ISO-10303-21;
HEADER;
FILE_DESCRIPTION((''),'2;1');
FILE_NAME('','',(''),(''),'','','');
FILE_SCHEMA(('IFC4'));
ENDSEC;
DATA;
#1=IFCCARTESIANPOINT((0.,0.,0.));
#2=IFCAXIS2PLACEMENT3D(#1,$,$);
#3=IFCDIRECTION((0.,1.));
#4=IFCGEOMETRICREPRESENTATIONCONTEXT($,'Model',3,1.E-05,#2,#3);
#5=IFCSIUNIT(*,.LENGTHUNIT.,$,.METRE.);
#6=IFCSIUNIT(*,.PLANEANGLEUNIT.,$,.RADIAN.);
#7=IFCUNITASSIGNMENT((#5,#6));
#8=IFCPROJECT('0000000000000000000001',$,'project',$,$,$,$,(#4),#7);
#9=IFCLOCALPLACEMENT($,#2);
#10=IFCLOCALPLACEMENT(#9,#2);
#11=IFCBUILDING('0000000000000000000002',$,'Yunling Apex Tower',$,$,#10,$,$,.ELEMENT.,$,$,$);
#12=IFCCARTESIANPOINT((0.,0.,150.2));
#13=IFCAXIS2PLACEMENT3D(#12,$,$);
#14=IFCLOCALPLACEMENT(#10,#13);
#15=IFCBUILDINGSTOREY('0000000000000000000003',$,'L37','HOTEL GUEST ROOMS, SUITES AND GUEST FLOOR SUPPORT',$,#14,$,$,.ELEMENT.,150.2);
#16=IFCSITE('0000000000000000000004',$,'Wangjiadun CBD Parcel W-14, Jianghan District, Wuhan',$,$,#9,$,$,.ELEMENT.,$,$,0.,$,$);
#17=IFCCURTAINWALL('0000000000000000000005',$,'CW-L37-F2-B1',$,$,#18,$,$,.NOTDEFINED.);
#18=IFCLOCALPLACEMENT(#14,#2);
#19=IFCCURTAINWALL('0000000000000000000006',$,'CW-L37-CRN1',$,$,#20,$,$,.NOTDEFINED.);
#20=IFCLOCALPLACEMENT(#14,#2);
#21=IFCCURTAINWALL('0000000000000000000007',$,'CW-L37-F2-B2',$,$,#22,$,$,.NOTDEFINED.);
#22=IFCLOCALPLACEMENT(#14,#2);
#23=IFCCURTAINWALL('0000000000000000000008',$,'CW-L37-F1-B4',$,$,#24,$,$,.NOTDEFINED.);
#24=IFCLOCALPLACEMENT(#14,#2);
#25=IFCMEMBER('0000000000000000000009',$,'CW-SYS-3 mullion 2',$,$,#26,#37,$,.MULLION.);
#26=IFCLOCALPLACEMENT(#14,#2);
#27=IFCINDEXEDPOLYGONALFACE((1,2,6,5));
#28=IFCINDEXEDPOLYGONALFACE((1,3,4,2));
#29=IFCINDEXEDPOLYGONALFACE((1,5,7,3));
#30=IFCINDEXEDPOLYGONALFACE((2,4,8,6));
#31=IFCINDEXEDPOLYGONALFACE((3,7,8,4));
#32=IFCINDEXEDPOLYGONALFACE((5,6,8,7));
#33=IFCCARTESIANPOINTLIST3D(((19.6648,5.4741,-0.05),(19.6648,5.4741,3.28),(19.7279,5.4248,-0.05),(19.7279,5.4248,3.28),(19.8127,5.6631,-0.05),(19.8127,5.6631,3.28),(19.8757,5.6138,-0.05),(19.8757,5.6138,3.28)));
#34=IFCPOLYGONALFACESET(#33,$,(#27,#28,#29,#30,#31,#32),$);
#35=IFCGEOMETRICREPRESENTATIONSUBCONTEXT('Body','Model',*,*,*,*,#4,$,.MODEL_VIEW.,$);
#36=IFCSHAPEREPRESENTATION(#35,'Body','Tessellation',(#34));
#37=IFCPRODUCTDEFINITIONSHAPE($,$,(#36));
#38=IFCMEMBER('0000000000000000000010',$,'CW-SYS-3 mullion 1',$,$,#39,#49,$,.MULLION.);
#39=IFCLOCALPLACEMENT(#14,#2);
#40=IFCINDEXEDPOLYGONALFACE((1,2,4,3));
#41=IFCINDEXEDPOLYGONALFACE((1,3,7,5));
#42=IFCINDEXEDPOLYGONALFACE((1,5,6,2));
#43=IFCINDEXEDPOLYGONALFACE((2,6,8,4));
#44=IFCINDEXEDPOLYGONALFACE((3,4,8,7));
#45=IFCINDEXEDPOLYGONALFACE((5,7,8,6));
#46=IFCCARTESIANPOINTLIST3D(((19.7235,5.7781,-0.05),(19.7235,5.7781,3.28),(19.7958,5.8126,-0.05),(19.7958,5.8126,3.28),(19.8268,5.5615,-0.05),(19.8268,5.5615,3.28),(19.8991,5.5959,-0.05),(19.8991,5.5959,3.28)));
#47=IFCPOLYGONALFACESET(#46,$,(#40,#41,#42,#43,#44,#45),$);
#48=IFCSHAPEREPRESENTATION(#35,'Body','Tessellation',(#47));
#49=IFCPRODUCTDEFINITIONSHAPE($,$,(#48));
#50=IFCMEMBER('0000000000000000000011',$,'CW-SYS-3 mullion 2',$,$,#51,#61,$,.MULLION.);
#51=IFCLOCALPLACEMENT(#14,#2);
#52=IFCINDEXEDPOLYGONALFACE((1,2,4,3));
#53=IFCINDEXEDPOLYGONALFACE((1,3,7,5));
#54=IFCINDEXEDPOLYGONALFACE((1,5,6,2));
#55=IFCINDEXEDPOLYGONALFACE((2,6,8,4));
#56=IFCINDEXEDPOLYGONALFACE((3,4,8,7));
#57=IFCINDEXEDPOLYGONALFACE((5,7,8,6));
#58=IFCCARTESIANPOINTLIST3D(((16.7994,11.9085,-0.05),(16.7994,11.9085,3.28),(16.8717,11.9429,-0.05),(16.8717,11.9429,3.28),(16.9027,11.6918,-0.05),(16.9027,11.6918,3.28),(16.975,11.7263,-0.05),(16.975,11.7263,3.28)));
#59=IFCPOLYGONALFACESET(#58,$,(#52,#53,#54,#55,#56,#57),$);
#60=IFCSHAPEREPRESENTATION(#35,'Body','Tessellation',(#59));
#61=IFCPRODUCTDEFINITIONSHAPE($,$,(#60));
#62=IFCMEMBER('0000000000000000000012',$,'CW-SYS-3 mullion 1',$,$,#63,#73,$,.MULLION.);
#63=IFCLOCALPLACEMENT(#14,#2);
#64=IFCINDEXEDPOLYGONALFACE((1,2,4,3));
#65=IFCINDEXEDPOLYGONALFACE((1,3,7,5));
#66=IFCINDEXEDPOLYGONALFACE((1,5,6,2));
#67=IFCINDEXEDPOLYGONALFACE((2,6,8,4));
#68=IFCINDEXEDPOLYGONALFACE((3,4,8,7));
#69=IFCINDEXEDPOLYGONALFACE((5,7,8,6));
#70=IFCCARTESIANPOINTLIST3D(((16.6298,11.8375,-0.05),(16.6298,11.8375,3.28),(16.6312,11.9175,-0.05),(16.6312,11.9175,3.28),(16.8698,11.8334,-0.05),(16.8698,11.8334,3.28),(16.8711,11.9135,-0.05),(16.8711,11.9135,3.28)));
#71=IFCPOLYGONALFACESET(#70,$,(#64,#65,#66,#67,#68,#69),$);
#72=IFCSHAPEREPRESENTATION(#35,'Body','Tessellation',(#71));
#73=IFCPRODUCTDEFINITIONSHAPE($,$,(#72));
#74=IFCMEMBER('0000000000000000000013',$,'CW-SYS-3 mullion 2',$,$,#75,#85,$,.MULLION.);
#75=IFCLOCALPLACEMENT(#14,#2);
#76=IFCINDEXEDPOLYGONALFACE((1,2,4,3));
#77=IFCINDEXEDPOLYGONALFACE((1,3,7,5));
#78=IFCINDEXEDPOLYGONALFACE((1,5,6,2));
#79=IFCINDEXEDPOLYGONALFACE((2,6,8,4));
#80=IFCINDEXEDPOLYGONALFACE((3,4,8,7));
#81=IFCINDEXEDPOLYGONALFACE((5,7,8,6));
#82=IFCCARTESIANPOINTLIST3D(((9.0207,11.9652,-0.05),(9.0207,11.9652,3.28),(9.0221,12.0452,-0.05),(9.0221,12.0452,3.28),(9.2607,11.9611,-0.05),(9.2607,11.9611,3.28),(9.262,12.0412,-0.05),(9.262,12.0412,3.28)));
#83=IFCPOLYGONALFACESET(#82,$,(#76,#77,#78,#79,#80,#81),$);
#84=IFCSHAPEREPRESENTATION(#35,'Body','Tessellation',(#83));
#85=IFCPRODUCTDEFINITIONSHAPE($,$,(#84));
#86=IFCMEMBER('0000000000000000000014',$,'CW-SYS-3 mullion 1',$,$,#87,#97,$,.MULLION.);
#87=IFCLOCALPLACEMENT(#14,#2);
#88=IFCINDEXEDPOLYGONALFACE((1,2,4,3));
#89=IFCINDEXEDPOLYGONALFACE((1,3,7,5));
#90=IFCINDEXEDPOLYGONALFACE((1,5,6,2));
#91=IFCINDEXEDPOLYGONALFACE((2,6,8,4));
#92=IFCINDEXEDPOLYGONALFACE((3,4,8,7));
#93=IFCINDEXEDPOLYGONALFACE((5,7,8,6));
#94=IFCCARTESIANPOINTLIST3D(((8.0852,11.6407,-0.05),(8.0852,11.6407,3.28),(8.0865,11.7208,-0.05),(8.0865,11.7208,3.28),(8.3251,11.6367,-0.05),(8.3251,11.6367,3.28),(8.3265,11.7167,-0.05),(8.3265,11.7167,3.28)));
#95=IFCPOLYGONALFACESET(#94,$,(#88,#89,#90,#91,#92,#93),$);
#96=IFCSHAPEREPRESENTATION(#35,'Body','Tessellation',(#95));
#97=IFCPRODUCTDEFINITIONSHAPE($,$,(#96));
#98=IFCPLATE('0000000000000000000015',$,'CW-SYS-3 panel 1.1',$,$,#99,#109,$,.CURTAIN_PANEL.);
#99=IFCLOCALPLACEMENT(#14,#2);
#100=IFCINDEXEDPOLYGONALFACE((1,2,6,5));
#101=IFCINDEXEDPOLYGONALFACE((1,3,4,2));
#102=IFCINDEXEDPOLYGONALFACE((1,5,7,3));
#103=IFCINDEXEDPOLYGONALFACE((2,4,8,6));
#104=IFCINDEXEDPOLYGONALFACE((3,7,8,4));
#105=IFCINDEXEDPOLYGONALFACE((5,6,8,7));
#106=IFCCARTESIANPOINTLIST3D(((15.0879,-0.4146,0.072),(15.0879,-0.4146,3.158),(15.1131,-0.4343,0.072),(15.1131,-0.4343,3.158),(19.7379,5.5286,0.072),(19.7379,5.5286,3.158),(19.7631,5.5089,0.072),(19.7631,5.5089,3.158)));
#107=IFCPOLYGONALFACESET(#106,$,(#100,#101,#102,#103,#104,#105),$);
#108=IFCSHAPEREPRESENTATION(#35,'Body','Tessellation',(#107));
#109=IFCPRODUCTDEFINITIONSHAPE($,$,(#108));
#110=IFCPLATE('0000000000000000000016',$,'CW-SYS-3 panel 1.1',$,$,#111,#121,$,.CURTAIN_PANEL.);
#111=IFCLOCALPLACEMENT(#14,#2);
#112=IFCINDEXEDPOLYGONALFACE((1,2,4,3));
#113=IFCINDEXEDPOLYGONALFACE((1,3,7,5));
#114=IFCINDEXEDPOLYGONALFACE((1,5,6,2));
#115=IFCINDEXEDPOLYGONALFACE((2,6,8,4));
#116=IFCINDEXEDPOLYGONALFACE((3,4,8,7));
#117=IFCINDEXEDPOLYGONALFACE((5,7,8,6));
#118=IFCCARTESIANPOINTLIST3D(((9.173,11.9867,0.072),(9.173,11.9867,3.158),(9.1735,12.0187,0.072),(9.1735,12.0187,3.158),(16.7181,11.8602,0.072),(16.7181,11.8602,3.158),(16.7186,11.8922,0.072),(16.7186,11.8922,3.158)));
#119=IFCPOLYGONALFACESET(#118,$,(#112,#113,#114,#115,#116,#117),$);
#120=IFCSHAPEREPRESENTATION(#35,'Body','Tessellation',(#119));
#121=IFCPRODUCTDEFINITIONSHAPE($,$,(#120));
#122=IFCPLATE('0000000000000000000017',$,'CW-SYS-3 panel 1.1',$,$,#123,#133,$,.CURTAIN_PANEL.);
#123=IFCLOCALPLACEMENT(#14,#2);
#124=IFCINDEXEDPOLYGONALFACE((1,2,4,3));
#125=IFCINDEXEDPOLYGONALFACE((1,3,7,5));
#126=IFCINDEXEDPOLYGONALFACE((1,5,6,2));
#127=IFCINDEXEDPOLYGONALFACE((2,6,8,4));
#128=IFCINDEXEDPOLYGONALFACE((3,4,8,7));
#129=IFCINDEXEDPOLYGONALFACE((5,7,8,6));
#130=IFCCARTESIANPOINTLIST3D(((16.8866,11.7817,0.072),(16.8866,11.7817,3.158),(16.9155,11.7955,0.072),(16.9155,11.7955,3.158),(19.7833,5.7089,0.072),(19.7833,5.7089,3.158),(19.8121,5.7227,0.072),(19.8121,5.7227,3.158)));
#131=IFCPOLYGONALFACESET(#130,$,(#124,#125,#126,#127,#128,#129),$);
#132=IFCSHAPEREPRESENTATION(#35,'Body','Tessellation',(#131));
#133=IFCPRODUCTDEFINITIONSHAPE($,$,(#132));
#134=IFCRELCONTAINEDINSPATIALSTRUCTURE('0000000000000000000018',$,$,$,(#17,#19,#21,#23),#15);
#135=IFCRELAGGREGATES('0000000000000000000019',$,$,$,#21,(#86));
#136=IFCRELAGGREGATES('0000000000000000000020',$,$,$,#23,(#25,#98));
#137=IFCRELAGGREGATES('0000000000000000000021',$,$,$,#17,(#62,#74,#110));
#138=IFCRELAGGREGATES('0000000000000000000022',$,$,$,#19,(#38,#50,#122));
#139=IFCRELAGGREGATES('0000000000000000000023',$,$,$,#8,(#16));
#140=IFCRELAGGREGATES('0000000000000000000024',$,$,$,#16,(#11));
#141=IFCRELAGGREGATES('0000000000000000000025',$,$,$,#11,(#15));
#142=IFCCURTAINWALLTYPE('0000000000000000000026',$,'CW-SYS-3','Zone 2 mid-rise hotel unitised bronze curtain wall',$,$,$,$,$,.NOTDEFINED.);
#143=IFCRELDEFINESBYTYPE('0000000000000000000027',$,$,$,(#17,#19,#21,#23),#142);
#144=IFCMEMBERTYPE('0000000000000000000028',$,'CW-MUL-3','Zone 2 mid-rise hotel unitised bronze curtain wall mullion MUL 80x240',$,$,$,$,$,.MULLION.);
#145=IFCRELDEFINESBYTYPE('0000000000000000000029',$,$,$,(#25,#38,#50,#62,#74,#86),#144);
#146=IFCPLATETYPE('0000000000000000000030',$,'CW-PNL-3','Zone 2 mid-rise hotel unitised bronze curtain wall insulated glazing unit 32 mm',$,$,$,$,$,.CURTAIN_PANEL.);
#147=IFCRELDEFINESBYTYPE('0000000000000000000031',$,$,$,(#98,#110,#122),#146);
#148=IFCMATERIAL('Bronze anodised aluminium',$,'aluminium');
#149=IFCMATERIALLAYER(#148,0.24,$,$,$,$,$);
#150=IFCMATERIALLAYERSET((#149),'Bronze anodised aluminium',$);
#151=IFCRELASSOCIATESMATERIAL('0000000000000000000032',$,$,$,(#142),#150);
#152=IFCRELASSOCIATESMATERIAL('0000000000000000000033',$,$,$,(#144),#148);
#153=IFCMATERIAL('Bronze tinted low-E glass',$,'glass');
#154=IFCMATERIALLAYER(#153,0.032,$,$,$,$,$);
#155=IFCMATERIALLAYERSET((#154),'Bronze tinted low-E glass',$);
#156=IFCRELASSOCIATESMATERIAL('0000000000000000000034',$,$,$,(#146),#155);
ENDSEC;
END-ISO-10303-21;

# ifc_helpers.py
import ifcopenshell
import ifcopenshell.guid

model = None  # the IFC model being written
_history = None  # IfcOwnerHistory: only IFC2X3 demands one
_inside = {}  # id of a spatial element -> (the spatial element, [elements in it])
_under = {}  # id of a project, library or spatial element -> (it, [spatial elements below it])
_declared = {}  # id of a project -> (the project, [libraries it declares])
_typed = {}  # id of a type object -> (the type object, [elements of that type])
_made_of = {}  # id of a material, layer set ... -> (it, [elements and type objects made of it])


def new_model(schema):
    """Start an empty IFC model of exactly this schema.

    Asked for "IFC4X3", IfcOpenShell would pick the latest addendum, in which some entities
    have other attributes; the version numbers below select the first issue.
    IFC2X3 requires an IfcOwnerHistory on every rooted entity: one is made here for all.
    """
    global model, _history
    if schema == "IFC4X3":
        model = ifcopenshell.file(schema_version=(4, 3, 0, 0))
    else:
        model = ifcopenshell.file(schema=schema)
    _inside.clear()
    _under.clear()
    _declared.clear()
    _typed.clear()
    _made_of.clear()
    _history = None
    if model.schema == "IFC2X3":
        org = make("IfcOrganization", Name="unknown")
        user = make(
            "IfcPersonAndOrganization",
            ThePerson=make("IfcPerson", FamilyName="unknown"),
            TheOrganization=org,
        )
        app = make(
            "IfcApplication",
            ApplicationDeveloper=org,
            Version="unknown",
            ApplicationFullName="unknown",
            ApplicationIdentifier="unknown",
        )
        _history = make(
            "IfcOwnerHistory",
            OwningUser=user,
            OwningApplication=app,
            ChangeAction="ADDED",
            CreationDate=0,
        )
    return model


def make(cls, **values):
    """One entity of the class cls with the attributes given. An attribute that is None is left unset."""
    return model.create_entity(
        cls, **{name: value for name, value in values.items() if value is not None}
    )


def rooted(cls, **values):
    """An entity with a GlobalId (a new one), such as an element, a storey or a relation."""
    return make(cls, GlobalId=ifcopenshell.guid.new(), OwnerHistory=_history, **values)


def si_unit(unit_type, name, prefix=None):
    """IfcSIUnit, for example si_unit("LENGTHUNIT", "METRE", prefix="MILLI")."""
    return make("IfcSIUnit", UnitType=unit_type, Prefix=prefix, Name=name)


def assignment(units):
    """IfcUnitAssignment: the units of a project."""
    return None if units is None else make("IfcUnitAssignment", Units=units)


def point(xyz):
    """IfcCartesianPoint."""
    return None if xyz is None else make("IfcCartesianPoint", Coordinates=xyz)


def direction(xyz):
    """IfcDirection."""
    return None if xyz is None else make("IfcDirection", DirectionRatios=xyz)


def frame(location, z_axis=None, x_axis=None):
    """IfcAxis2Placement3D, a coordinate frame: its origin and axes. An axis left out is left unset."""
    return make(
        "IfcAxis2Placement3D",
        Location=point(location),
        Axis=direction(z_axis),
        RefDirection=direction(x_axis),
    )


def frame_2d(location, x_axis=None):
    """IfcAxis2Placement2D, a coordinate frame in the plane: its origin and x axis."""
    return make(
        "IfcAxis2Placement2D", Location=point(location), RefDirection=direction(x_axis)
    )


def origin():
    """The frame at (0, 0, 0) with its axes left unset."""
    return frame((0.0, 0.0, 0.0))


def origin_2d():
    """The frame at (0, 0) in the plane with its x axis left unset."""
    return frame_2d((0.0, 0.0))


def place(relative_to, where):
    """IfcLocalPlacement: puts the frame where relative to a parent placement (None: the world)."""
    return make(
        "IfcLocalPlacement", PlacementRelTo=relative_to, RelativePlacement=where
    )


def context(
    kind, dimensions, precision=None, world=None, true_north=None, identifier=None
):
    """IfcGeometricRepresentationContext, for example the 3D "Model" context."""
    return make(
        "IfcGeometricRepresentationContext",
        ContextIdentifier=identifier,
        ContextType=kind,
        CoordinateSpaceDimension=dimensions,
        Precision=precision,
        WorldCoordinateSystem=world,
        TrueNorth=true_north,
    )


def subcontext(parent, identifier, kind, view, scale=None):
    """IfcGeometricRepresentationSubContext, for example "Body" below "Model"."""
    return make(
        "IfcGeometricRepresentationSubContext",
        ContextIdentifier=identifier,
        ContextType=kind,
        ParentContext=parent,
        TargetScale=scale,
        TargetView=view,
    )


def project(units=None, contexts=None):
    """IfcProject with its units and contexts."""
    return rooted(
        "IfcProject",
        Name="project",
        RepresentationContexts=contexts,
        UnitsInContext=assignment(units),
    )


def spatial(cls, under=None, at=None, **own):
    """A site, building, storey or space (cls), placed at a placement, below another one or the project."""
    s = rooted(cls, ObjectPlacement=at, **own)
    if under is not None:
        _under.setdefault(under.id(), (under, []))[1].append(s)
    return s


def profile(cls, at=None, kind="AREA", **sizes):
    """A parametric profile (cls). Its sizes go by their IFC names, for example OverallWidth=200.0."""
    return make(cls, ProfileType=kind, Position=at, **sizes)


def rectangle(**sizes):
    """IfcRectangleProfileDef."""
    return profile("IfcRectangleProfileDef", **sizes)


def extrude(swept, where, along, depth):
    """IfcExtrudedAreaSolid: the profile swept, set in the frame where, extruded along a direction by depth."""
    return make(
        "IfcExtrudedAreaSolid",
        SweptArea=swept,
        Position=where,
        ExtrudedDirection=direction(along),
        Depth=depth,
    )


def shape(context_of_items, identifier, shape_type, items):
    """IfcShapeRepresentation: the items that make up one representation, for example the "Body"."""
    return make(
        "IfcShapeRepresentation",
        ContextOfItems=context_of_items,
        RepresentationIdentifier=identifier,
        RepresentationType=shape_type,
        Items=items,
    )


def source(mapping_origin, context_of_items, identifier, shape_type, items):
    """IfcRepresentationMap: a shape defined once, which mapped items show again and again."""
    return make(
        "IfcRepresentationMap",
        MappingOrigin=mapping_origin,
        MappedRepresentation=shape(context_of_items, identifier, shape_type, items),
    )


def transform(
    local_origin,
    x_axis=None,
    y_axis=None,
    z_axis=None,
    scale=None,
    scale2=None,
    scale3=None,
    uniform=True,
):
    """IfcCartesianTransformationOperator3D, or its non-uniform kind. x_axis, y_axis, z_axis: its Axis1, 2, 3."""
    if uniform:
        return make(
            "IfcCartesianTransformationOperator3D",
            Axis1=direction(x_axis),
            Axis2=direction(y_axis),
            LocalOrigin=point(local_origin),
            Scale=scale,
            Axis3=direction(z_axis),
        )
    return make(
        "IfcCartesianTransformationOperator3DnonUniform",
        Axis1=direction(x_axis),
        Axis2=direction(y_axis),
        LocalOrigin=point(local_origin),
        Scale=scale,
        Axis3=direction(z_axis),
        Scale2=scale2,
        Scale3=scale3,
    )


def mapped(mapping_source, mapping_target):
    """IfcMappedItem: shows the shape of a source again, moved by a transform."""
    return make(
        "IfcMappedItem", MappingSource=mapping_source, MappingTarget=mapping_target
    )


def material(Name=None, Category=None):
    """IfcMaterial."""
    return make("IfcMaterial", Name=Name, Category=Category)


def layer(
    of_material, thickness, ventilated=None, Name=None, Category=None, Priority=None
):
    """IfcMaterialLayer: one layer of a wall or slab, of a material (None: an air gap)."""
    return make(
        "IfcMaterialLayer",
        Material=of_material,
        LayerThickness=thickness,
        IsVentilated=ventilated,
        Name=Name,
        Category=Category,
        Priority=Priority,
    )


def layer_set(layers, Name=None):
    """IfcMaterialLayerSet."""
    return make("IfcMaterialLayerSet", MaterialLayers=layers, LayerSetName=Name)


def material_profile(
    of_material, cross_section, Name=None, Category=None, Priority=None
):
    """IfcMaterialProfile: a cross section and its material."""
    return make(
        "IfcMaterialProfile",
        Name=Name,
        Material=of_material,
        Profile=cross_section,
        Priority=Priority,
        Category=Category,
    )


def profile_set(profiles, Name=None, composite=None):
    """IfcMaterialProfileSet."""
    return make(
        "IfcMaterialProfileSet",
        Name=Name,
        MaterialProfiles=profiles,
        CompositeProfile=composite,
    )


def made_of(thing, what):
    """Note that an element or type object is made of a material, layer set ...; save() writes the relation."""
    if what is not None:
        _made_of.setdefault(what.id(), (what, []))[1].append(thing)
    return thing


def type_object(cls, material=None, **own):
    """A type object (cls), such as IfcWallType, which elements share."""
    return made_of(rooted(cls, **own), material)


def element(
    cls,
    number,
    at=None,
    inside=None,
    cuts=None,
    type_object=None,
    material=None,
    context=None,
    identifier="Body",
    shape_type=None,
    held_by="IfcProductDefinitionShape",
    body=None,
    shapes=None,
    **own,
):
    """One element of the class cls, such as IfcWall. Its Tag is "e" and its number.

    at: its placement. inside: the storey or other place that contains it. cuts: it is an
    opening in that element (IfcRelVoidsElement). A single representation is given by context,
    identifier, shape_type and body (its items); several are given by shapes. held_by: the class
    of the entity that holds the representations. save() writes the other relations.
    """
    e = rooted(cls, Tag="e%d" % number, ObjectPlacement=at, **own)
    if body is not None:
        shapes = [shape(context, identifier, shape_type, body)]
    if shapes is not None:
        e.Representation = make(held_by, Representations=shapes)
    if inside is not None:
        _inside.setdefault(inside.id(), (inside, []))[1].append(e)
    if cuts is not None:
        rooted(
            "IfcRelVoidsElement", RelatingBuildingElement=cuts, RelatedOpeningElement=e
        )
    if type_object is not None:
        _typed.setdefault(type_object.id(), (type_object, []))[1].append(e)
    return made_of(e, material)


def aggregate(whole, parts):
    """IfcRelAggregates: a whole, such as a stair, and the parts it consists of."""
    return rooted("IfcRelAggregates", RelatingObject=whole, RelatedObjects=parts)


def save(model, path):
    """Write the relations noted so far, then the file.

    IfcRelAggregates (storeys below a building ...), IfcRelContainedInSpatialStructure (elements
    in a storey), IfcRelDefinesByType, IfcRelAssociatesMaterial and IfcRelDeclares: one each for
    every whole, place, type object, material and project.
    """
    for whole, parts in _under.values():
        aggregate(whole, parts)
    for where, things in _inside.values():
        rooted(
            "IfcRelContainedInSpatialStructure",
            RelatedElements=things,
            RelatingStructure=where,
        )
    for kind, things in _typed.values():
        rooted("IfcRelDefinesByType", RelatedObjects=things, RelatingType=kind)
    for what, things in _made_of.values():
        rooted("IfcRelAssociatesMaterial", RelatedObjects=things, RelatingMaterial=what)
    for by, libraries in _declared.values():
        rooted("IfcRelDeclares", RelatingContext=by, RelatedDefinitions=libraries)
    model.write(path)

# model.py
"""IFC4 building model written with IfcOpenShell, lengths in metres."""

from ifc_helpers import new_model, si_unit, direction, frame, origin, origin_2d, place, context, subcontext, project, spatial, rectangle, extrude, source, transform, mapped, material, layer, layer_set, material_profile, profile_set, type_object, element, aggregate, save


model = new_model("IFC4")

# Units and contexts
model_context = context("Model", 3, precision=1e-05, world=origin(), true_north=direction((0.0, 1.0)))
body_context = subcontext(model_context, "Body", "Model", "MODEL_VIEW")
ifc_project = project(units=[si_unit("LENGTHUNIT", "METRE"), si_unit("PLANEANGLEUNIT", "RADIAN")], contexts=[model_context])

# Site, building, storey
site_placement = place(None, origin())
site = spatial("IfcSite", under=ifc_project, at=site_placement, Name="Wangjiadun CBD Parcel W-14, Jianghan District, Wuhan", CompositionType="ELEMENT", RefElevation=0.0)
building_placement = place(site_placement, origin())
building = spatial("IfcBuilding", under=site, at=building_placement, Name="Yunling Apex Tower", CompositionType="ELEMENT")
storey_placement = place(building_placement, frame((0.0, 0.0, 150.2)))
storey = spatial("IfcBuildingStorey", under=building, at=storey_placement, Name="L37", Description="HOTEL GUEST ROOMS, SUITES AND GUEST FLOOR SUPPORT", CompositionType="ELEMENT", Elevation=150.2)

# Curtain walls
ifc_material_1 = material(Name="Bronze anodised aluminium", Category="aluminium")
ifc_layer_1 = layer(ifc_material_1, 0.24)
ifc_layer_set_1 = layer_set([ifc_layer_1], Name="Bronze anodised aluminium")
curtain_wall_type = type_object("IfcCurtainWallType", Name="CW-SYS-3", Description="Zone 2 mid-rise hotel unitised bronze curtain wall", PredefinedType="NOTDEFINED", material=ifc_layer_set_1)
curtain_wall_1_placement = place(storey_placement, origin())
curtain_wall_1 = element("IfcCurtainWall", 1, at=curtain_wall_1_placement, inside=storey, type_object=curtain_wall_type, Name="CW-L37-F2-B1", PredefinedType="NOTDEFINED")
curtain_wall_2_placement = place(storey_placement, origin())
curtain_wall_2 = element("IfcCurtainWall", 2, at=curtain_wall_2_placement, inside=storey, type_object=curtain_wall_type, Name="CW-L37-CRN1", PredefinedType="NOTDEFINED")
curtain_wall_3_placement = place(storey_placement, origin())
curtain_wall_3 = element("IfcCurtainWall", 3, at=curtain_wall_3_placement, inside=storey, type_object=curtain_wall_type, Name="CW-L37-F2-B2", PredefinedType="NOTDEFINED")

# Curtain wall, member
curtain_wall_4_placement = place(storey_placement, origin())
curtain_wall_4 = element("IfcCurtainWall", 4, at=curtain_wall_4_placement, inside=storey, type_object=curtain_wall_type, Name="CW-L37-F1-B4", PredefinedType="NOTDEFINED")
ifc_material_profile_1 = material_profile(ifc_material_1, rectangle(XDim=0.0801, YDim=0.24, at=origin_2d()))
ifc_profile_set_1 = profile_set([ifc_material_profile_1], Name="Bronze anodised aluminium")
member_type_1 = type_object("IfcMemberType", Name="CW-MUL-3", Description="Zone 2 mid-rise hotel unitised bronze curtain wall mullion MUL 80x240", PredefinedType="MULLION", material=ifc_profile_set_1)
shared_shape_1 = source(origin(), body_context, "Body", "SweptSolid", [
    extrude(rectangle(XDim=0.0801, YDim=0.24, at=origin_2d()), origin(), (0.0, 0.0, 1.0), 3.3301),
])
member_1_placement = place(storey_placement, frame((19.7703, 5.5439, -0.05), z_axis=(0.0, 0.0, 1.0), x_axis=(-0.787584, 0.616208, 0.0)))
member_1 = element("IfcMember", 5, at=member_1_placement, type_object=member_type_1, Name="CW-SYS-3 mullion 2", PredefinedType="MULLION", context=body_context, shape_type="MappedRepresentation", body=[
    mapped(shared_shape_1, transform((0.0, 0.0, 0.0), scale=1.0)),
])

# Members
member_2_placement = place(storey_placement, frame((19.8113, 5.687, -0.05), z_axis=(0.0, 0.0, 1.0), x_axis=(-0.902582, -0.430519, 0.0)))
member_2 = element("IfcMember", 6, at=member_2_placement, type_object=member_type_1, Name="CW-SYS-3 mullion 1", PredefinedType="MULLION", context=body_context, shape_type="MappedRepresentation", body=[
    mapped(shared_shape_1, transform((0.0, 0.0, 0.0), scale=1.0)),
])
member_3_placement = place(storey_placement, frame((16.8872, 11.8174, -0.05), z_axis=(0.0, 0.0, 1.0), x_axis=(-0.902582, -0.430519, 0.0)))
member_3 = element("IfcMember", 7, at=member_3_placement, type_object=member_type_1, Name="CW-SYS-3 mullion 2", PredefinedType="MULLION", context=body_context, shape_type="MappedRepresentation", body=[
    mapped(shared_shape_1, transform((0.0, 0.0, 0.0), scale=1.0)),
])
member_4_placement = place(storey_placement, frame((16.7505, 11.8755, -0.05), z_axis=(0.0, 0.0, 1.0), x_axis=(-0.016762, -0.99986, 0.0)))
member_4 = element("IfcMember", 8, at=member_4_placement, type_object=member_type_1, Name="CW-SYS-3 mullion 1", PredefinedType="MULLION", context=body_context, shape_type="MappedRepresentation", body=[
    mapped(shared_shape_1, transform((0.0, 0.0, 0.0), scale=1.0)),
])
member_5_placement = place(storey_placement, frame((9.1414, 12.0032, -0.05), z_axis=(0.0, 0.0, 1.0), x_axis=(-0.016762, -0.99986, 0.0)))
member_5 = element("IfcMember", 9, at=member_5_placement, type_object=member_type_1, Name="CW-SYS-3 mullion 2", PredefinedType="MULLION", context=body_context, shape_type="MappedRepresentation", body=[
    mapped(shared_shape_1, transform((0.0, 0.0, 0.0), scale=1.0)),
])
member_6_placement = place(storey_placement, frame((8.2058, 11.6787, -0.05), z_axis=(0.0, 0.0, 1.0), x_axis=(-0.016767, -0.999859, 0.0)))
member_6 = element("IfcMember", 10, at=member_6_placement, type_object=member_type_1, Name="CW-SYS-3 mullion 1", PredefinedType="MULLION", context=body_context, shape_type="MappedRepresentation", body=[
    mapped(shared_shape_1, transform((0.0, 0.0, 0.0), scale=1.0)),
])
aggregate(curtain_wall_3, [member_6])

# Plates
ifc_material_2 = material(Name="Bronze tinted low-E glass", Category="glass")
ifc_layer_2 = layer(ifc_material_2, 0.032)
ifc_layer_set_2 = layer_set([ifc_layer_2], Name="Bronze tinted low-E glass")
plate_type = type_object("IfcPlateType", Name="CW-PNL-3", Description="Zone 2 mid-rise hotel unitised bronze curtain wall insulated glazing unit 32 mm", PredefinedType="CURTAIN_PANEL", material=ifc_layer_set_2)
shared_shape_2 = source(origin(), body_context, "Body", "SweptSolid", [
    extrude(rectangle(XDim=7.5461, YDim=0.032, at=origin_2d()), origin(), (0.0, 0.0, 1.0), 3.0859),
])
plate_1_placement = place(storey_placement, frame((17.4255, 2.5471, 0.072), z_axis=(0.0, 0.0, 1.0), x_axis=(0.616208, 0.787584, 0.0)))
plate_1 = element("IfcPlate", 11, at=plate_1_placement, type_object=plate_type, Name="CW-SYS-3 panel 1.1", PredefinedType="CURTAIN_PANEL", context=body_context, shape_type="MappedRepresentation", body=[
    mapped(shared_shape_2, transform((0.0, 0.0, 0.0), scale=1.0)),
])
aggregate(curtain_wall_4, [member_1, plate_1])
plate_2_placement = place(storey_placement, frame((12.9458, 11.9395, 0.072), z_axis=(0.0, 0.0, 1.0), x_axis=(-0.99986, 0.016762, 0.0)))
plate_2 = element("IfcPlate", 12, at=plate_2_placement, type_object=plate_type, Name="CW-SYS-3 panel 1.1", PredefinedType="CURTAIN_PANEL", context=body_context, shape_type="MappedRepresentation", body=[
    mapped(shared_shape_2, transform((0.0, 0.0, 0.0), scale=1.0)),
])
aggregate(curtain_wall_1, [member_4, member_5, plate_2])
shared_shape_3 = source(origin(), body_context, "Body", "SweptSolid", [
    extrude(rectangle(XDim=6.7283, YDim=0.032, at=origin_2d()), origin(), (0.0, 0.0, 1.0), 3.0859),
])
plate_3_placement = place(storey_placement, frame((18.3494, 8.7522, 0.072), z_axis=(0.0, 0.0, 1.0), x_axis=(-0.430519, 0.902582, 0.0)))
plate_3 = element("IfcPlate", 13, at=plate_3_placement, type_object=plate_type, Name="CW-SYS-3 panel 1.1", PredefinedType="CURTAIN_PANEL", context=body_context, shape_type="MappedRepresentation", body=[
    mapped(shared_shape_3, transform((0.0, 0.0, 0.0), scale=1.0)),
])
aggregate(curtain_wall_2, [member_2, member_3, plate_3])

save(model, "model.ifc")
